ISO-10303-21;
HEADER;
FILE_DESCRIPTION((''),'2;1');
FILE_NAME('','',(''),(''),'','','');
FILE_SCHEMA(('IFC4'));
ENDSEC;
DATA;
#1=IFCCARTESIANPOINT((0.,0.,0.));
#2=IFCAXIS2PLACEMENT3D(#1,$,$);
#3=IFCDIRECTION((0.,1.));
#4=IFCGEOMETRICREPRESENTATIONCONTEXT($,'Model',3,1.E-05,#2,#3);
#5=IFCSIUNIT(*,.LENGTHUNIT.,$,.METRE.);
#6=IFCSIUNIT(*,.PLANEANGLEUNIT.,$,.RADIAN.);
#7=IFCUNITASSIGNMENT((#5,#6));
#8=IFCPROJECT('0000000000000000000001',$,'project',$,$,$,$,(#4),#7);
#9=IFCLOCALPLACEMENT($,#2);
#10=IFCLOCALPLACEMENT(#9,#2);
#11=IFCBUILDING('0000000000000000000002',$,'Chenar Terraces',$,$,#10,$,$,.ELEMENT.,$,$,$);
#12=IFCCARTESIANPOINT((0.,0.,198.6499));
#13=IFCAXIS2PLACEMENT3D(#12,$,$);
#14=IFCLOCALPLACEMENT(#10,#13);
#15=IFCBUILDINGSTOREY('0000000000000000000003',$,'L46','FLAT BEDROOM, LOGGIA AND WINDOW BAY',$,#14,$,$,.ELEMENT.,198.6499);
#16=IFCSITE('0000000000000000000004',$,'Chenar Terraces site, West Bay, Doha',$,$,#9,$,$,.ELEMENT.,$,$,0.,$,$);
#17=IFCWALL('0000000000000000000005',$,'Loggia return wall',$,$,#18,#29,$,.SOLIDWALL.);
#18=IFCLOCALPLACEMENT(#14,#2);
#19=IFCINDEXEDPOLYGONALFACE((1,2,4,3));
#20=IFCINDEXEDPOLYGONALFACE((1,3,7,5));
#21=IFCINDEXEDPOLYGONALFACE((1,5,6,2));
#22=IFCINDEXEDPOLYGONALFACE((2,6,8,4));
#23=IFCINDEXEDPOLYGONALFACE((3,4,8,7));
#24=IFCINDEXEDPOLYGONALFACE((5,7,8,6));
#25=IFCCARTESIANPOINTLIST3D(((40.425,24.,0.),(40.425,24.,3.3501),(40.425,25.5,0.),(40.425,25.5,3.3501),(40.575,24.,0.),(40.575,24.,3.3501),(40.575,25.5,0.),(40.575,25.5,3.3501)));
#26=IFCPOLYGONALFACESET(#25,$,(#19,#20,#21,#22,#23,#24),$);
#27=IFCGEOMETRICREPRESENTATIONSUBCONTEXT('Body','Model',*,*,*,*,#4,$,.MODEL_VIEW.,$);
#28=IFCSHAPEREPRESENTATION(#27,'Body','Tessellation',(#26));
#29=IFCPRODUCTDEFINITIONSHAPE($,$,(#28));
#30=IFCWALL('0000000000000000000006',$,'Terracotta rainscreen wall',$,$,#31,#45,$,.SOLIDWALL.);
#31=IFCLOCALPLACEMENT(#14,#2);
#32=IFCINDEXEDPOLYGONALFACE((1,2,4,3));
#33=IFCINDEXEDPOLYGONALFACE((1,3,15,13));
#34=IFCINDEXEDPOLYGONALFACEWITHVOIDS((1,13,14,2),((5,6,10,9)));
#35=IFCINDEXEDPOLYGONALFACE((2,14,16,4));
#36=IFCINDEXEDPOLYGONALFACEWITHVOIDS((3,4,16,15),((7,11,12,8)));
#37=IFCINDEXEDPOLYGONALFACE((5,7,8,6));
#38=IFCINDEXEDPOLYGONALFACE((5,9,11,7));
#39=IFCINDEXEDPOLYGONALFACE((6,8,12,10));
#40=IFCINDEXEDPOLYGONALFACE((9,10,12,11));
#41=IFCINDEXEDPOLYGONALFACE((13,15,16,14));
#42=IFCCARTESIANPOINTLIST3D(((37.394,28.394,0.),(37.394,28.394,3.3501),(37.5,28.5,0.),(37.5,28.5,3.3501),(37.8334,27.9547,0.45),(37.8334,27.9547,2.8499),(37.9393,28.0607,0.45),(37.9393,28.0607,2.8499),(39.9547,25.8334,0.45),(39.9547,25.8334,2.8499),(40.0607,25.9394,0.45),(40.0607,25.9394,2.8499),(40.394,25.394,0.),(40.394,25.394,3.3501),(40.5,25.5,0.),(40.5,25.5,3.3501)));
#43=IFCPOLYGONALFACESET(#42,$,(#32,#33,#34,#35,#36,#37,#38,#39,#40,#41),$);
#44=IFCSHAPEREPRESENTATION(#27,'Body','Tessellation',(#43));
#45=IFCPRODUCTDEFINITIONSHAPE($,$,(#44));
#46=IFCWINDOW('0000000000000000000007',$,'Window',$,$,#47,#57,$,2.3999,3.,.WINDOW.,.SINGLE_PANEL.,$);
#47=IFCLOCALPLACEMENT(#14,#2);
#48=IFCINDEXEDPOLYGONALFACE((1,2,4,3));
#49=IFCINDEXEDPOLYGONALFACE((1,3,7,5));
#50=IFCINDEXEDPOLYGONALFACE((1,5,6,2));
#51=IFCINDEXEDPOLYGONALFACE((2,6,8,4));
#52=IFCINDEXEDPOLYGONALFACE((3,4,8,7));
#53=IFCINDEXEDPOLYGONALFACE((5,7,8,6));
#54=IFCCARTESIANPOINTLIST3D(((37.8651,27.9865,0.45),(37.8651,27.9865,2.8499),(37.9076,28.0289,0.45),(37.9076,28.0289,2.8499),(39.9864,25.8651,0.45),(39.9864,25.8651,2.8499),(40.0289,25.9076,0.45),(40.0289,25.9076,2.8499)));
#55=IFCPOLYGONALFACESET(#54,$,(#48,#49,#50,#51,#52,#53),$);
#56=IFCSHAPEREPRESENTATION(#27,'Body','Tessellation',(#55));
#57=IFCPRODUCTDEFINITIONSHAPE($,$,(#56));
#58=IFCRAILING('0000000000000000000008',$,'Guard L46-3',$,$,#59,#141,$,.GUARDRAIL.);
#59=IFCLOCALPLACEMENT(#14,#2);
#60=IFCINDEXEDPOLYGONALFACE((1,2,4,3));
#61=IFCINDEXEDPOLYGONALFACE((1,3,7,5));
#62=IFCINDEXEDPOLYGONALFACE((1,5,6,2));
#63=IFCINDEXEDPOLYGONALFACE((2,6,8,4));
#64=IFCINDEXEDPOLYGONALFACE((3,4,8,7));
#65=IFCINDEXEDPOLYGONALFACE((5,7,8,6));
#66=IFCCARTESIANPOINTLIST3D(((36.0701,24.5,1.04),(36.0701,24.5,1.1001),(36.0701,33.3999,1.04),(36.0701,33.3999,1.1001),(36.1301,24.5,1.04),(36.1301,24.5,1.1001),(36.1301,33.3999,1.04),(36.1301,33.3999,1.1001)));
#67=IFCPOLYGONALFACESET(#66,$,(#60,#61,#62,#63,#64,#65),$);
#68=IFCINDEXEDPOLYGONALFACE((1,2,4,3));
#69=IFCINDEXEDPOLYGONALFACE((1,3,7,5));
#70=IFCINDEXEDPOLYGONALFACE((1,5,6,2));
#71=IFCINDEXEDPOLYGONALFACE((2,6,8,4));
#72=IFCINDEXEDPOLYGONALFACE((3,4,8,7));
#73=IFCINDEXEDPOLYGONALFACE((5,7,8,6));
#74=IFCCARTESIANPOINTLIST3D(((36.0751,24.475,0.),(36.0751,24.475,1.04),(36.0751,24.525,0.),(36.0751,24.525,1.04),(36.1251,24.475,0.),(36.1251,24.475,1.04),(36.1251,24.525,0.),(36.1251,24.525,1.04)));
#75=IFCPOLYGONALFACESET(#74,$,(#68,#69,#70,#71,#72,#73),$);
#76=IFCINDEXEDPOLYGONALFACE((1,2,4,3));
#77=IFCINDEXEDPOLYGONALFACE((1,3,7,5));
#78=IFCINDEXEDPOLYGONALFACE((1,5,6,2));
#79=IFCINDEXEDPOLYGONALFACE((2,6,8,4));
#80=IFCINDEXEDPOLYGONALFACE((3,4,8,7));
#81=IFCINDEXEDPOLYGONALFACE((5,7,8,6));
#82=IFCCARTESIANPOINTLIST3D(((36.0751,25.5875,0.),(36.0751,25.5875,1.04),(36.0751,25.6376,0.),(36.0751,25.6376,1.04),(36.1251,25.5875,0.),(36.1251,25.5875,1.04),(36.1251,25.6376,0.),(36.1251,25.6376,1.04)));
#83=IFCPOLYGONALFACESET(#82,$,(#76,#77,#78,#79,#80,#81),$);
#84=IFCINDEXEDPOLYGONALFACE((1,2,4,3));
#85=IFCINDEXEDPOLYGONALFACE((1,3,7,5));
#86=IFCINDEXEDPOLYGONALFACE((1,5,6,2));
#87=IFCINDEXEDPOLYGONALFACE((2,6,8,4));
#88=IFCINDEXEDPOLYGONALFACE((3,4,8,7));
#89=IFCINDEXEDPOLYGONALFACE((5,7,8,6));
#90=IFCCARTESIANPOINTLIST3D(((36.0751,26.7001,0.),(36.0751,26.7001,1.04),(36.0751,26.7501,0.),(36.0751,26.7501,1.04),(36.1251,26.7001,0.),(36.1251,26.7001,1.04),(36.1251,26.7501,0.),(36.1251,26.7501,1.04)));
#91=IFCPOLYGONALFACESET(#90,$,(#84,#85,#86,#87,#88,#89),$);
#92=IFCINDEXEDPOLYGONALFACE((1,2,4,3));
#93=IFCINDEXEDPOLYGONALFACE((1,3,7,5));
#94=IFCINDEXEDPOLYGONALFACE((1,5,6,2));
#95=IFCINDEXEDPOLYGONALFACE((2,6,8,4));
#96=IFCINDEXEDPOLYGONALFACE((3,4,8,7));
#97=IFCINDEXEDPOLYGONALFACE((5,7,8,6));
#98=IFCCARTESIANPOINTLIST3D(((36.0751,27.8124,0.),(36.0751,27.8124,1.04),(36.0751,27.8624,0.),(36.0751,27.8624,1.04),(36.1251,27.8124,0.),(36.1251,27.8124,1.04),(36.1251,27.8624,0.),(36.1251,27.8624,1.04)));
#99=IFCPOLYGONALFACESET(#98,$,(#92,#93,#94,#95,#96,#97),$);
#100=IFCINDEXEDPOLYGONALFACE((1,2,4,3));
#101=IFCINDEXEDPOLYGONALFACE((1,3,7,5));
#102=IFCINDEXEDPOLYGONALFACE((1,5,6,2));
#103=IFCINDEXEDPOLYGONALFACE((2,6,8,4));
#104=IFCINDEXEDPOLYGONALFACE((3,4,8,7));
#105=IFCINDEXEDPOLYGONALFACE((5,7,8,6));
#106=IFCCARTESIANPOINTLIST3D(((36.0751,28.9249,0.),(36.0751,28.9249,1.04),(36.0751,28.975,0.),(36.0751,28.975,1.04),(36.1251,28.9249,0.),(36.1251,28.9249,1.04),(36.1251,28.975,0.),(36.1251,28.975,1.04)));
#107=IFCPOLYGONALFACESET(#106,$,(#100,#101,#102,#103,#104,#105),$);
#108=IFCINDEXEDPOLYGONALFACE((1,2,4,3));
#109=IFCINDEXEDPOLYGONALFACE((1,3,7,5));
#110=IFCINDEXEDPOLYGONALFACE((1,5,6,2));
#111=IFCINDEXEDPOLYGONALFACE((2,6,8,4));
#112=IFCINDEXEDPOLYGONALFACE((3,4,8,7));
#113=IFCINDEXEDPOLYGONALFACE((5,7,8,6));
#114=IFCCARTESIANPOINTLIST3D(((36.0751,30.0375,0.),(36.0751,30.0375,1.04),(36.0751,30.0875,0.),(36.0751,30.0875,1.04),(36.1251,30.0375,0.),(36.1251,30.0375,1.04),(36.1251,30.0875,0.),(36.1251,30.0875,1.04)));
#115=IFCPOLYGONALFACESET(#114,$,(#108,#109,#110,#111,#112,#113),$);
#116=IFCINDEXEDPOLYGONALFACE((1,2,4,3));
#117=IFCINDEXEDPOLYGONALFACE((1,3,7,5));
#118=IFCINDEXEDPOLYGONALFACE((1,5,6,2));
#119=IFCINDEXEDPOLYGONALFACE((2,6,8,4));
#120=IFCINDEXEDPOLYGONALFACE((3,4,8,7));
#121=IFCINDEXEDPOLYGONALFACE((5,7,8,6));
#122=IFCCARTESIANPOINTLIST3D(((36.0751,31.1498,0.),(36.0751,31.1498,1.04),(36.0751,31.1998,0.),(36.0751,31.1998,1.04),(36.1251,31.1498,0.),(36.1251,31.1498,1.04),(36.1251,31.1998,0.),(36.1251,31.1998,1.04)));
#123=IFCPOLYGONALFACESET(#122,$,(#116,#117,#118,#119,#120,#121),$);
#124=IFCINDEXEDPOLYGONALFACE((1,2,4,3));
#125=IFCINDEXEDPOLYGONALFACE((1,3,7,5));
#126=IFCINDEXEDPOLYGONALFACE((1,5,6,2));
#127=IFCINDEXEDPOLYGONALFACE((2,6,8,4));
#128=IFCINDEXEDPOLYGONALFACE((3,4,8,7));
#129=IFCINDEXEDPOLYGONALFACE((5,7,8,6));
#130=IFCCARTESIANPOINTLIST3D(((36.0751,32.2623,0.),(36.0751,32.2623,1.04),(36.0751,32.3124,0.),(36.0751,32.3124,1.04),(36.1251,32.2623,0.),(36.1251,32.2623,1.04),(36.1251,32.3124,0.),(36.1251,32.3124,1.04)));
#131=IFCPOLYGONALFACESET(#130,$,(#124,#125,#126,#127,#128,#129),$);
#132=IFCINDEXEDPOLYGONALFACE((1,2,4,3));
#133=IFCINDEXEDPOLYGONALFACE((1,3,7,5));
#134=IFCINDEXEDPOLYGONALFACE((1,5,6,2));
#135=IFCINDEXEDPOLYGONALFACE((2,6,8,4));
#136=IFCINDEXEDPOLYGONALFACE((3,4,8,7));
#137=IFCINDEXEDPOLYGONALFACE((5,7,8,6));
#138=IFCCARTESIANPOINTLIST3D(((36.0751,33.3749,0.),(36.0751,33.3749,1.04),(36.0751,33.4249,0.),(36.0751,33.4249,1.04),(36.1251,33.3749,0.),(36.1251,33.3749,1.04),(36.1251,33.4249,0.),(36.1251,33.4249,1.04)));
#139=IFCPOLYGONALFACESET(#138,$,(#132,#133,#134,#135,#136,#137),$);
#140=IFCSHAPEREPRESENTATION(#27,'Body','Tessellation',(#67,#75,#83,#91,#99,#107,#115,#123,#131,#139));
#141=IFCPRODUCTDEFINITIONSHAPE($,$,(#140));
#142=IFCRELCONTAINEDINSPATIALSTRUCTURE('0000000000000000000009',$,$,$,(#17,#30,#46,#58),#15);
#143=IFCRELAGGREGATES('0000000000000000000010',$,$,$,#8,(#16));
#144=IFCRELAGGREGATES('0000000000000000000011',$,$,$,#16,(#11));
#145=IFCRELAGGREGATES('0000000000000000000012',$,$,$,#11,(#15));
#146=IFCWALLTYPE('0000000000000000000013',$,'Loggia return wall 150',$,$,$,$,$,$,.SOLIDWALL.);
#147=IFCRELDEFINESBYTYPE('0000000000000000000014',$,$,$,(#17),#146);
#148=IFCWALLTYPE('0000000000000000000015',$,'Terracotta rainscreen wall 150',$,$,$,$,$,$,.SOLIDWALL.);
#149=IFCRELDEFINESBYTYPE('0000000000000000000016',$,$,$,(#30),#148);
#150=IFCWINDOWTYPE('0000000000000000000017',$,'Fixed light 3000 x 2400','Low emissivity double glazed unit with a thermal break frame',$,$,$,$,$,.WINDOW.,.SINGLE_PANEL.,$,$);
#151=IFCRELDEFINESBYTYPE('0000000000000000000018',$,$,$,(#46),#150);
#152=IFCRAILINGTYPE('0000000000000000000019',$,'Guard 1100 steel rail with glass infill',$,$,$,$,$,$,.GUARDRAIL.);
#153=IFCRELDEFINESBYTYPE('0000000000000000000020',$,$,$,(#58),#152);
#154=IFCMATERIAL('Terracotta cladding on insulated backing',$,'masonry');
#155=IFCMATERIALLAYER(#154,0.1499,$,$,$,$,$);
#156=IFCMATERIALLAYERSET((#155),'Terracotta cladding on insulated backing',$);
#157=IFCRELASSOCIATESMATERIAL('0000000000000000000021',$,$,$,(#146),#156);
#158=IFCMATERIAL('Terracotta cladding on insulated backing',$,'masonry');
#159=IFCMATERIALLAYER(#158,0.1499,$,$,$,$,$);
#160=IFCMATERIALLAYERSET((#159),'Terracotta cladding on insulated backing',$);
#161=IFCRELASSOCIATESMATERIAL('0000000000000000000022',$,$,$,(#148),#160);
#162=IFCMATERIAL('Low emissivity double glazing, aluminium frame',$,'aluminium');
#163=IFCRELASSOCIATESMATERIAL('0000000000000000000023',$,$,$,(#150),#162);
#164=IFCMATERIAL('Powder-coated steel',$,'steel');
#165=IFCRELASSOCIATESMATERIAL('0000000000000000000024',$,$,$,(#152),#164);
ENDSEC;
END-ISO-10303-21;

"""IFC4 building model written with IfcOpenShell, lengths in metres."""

from ifc_helpers import new_model, si_unit, direction, frame, frame_2d, origin, origin_2d, place, context, subcontext, project, spatial, rectangle, extrude, material, layer, layer_set, type_object, element, fill, save


model = new_model("IFC4")

# Units and contexts
model_context = context("Model", 3, precision=1e-05, world=origin(), true_north=direction((0.0, 1.0)))
body_context = subcontext(model_context, "Body", "Model", "MODEL_VIEW")
ifc_project = project(units=[si_unit("LENGTHUNIT", "METRE"), si_unit("PLANEANGLEUNIT", "RADIAN")], contexts=[model_context])

# Site, building, storey
site_placement = place(None, origin())
site = spatial("IfcSite", under=ifc_project, at=site_placement, Name="Chenar Terraces site, West Bay, Doha", CompositionType="ELEMENT", RefElevation=0.0)
building_placement = place(site_placement, origin())
building = spatial("IfcBuilding", under=site, at=building_placement, Name="Chenar Terraces", CompositionType="ELEMENT")
storey_placement = place(building_placement, frame((0.0, 0.0, 198.6499)))
storey = spatial("IfcBuildingStorey", under=building, at=storey_placement, Name="L46", Description="FLAT BEDROOM, LOGGIA AND WINDOW BAY", CompositionType="ELEMENT", Elevation=198.6499)

# Wall
ifc_material_1 = material(Name="Terracotta cladding on insulated backing", Category="masonry")
ifc_layer_1 = layer(ifc_material_1, 0.1499)
ifc_layer_set_1 = layer_set([ifc_layer_1], Name="Terracotta cladding on insulated backing")
wall_type_1 = type_object("IfcWallType", Name="Loggia return wall 150", PredefinedType="SOLIDWALL", material=ifc_layer_set_1)
wall_1_placement = place(storey_placement, frame((40.5, 25.5, 0.0), z_axis=(0.0, 0.0, 1.0), x_axis=(0.0, -1.0, 0.0)))
element("IfcWall", 1, at=wall_1_placement, inside=storey, type_object=wall_type_1, Name="Loggia return wall", PredefinedType="SOLIDWALL", context=body_context, shape_type="SweptSolid", body=[
    extrude(rectangle(XDim=1.5, YDim=0.1499, at=frame_2d((0.75, 0.0))), origin(), (0.0, 0.0, 1.0), 3.3501),
])

# Wall, opening, window
ifc_material_2 = material(Name="Terracotta cladding on insulated backing", Category="masonry")
ifc_layer_2 = layer(ifc_material_2, 0.1499)
ifc_layer_set_2 = layer_set([ifc_layer_2], Name="Terracotta cladding on insulated backing")
wall_type_2 = type_object("IfcWallType", Name="Terracotta rainscreen wall 150", PredefinedType="SOLIDWALL", material=ifc_layer_set_2)
wall_2_placement = place(storey_placement, frame((40.447, 25.447, 0.0), z_axis=(0.0, 0.0, 1.0), x_axis=(-0.707107, 0.707107, 0.0)))
wall_2 = element("IfcWall", 2, at=wall_2_placement, inside=storey, type_object=wall_type_2, Name="Terracotta rainscreen wall", PredefinedType="SOLIDWALL", context=body_context, shape_type="SweptSolid", body=[
    extrude(rectangle(XDim=4.2427, YDim=0.1499, at=frame_2d((2.1213, 0.0))), origin(), (0.0, 0.0, 1.0), 3.3501),
])
opening_1_placement = place(wall_2_placement, frame((0.6213, 0.0, 0.45)))
opening_1 = element("IfcOpeningElement", 3, at=opening_1_placement, cuts=wall_2, PredefinedType="OPENING", context=body_context, shape_type="SweptSolid", body=[
    extrude(rectangle(XDim=3.0, YDim=2.3999, at=frame_2d((1.5, 1.2))), frame((0.0, 0.085, 0.0), z_axis=(0.0, -1.0, 0.0), x_axis=(1.0, 0.0, 0.0)), (0.0, 0.0, 1.0), 0.1699),
])
ifc_material_3 = material(Name="Low emissivity double glazing, aluminium frame", Category="aluminium")
window_type = type_object("IfcWindowType", Name="Fixed light 3000 x 2400", Description="Low emissivity double glazed unit with a thermal break frame", PartitioningType="SINGLE_PANEL", PredefinedType="WINDOW", material=ifc_material_3)
window_placement = place(opening_1_placement, origin())
window = element("IfcWindow", 4, at=window_placement, inside=storey, type_object=window_type, Name="Window", OverallHeight=2.3999, OverallWidth=3.0, PartitioningType="SINGLE_PANEL", PredefinedType="WINDOW", context=body_context, shape_type="SweptSolid", body=[
    extrude(rectangle(XDim=3.0, YDim=2.3999, at=frame_2d((1.5, 1.2))), frame((0.0, 0.03, 0.0), z_axis=(0.0, -1.0, 0.0), x_axis=(1.0, 0.0, 0.0)), (0.0, 0.0, 1.0), 0.0601),
])
fill(opening_1, window)

# Railing
ifc_material_4 = material(Name="Powder-coated steel", Category="steel")
railing_type = type_object("IfcRailingType", Name="Guard 1100 steel rail with glass infill", PredefinedType="GUARDRAIL", material=ifc_material_4)
railing_placement = place(storey_placement, frame((36.1001, 24.5, 0.0)))
element("IfcRailing", 5, at=railing_placement, inside=storey, type_object=railing_type, Name="Guard L46-3", PredefinedType="GUARDRAIL", context=body_context, shape_type="SweptSolid", body=[
    extrude(rectangle(XDim=0.0601, YDim=0.0601, at=origin_2d()), frame((0.0, 0.0, 1.0701), z_axis=(0.0, 1.0, 0.0), x_axis=(-1.0, 0.0, 0.0)), (0.0, 0.0, 1.0), 8.8999),
    extrude(rectangle(XDim=0.05, YDim=0.05, at=origin_2d()), origin(), (0.0, 0.0, 1.0), 1.04),
    extrude(rectangle(XDim=0.05, YDim=0.05, at=origin_2d()), frame((0.0, 1.1125, 0.0)), (0.0, 0.0, 1.0), 1.04),
    extrude(rectangle(XDim=0.05, YDim=0.05, at=origin_2d()), frame((0.0, 2.2251, 0.0)), (0.0, 0.0, 1.0), 1.04),
    extrude(rectangle(XDim=0.05, YDim=0.05, at=origin_2d()), frame((0.0, 3.3374, 0.0)), (0.0, 0.0, 1.0), 1.04),
    extrude(rectangle(XDim=0.05, YDim=0.05, at=origin_2d()), frame((0.0, 4.45, 0.0)), (0.0, 0.0, 1.0), 1.04),
    extrude(rectangle(XDim=0.05, YDim=0.05, at=origin_2d()), frame((0.0, 5.5625, 0.0)), (0.0, 0.0, 1.0), 1.04),
    extrude(rectangle(XDim=0.05, YDim=0.05, at=origin_2d()), frame((0.0, 6.6748, 0.0)), (0.0, 0.0, 1.0), 1.04),
    extrude(rectangle(XDim=0.05, YDim=0.05, at=origin_2d()), frame((0.0, 7.7874, 0.0)), (0.0, 0.0, 1.0), 1.04),
    extrude(rectangle(XDim=0.05, YDim=0.05, at=origin_2d()), frame((0.0, 8.8999, 0.0)), (0.0, 0.0, 1.0), 1.04),
])

save(model, "model.ifc")
